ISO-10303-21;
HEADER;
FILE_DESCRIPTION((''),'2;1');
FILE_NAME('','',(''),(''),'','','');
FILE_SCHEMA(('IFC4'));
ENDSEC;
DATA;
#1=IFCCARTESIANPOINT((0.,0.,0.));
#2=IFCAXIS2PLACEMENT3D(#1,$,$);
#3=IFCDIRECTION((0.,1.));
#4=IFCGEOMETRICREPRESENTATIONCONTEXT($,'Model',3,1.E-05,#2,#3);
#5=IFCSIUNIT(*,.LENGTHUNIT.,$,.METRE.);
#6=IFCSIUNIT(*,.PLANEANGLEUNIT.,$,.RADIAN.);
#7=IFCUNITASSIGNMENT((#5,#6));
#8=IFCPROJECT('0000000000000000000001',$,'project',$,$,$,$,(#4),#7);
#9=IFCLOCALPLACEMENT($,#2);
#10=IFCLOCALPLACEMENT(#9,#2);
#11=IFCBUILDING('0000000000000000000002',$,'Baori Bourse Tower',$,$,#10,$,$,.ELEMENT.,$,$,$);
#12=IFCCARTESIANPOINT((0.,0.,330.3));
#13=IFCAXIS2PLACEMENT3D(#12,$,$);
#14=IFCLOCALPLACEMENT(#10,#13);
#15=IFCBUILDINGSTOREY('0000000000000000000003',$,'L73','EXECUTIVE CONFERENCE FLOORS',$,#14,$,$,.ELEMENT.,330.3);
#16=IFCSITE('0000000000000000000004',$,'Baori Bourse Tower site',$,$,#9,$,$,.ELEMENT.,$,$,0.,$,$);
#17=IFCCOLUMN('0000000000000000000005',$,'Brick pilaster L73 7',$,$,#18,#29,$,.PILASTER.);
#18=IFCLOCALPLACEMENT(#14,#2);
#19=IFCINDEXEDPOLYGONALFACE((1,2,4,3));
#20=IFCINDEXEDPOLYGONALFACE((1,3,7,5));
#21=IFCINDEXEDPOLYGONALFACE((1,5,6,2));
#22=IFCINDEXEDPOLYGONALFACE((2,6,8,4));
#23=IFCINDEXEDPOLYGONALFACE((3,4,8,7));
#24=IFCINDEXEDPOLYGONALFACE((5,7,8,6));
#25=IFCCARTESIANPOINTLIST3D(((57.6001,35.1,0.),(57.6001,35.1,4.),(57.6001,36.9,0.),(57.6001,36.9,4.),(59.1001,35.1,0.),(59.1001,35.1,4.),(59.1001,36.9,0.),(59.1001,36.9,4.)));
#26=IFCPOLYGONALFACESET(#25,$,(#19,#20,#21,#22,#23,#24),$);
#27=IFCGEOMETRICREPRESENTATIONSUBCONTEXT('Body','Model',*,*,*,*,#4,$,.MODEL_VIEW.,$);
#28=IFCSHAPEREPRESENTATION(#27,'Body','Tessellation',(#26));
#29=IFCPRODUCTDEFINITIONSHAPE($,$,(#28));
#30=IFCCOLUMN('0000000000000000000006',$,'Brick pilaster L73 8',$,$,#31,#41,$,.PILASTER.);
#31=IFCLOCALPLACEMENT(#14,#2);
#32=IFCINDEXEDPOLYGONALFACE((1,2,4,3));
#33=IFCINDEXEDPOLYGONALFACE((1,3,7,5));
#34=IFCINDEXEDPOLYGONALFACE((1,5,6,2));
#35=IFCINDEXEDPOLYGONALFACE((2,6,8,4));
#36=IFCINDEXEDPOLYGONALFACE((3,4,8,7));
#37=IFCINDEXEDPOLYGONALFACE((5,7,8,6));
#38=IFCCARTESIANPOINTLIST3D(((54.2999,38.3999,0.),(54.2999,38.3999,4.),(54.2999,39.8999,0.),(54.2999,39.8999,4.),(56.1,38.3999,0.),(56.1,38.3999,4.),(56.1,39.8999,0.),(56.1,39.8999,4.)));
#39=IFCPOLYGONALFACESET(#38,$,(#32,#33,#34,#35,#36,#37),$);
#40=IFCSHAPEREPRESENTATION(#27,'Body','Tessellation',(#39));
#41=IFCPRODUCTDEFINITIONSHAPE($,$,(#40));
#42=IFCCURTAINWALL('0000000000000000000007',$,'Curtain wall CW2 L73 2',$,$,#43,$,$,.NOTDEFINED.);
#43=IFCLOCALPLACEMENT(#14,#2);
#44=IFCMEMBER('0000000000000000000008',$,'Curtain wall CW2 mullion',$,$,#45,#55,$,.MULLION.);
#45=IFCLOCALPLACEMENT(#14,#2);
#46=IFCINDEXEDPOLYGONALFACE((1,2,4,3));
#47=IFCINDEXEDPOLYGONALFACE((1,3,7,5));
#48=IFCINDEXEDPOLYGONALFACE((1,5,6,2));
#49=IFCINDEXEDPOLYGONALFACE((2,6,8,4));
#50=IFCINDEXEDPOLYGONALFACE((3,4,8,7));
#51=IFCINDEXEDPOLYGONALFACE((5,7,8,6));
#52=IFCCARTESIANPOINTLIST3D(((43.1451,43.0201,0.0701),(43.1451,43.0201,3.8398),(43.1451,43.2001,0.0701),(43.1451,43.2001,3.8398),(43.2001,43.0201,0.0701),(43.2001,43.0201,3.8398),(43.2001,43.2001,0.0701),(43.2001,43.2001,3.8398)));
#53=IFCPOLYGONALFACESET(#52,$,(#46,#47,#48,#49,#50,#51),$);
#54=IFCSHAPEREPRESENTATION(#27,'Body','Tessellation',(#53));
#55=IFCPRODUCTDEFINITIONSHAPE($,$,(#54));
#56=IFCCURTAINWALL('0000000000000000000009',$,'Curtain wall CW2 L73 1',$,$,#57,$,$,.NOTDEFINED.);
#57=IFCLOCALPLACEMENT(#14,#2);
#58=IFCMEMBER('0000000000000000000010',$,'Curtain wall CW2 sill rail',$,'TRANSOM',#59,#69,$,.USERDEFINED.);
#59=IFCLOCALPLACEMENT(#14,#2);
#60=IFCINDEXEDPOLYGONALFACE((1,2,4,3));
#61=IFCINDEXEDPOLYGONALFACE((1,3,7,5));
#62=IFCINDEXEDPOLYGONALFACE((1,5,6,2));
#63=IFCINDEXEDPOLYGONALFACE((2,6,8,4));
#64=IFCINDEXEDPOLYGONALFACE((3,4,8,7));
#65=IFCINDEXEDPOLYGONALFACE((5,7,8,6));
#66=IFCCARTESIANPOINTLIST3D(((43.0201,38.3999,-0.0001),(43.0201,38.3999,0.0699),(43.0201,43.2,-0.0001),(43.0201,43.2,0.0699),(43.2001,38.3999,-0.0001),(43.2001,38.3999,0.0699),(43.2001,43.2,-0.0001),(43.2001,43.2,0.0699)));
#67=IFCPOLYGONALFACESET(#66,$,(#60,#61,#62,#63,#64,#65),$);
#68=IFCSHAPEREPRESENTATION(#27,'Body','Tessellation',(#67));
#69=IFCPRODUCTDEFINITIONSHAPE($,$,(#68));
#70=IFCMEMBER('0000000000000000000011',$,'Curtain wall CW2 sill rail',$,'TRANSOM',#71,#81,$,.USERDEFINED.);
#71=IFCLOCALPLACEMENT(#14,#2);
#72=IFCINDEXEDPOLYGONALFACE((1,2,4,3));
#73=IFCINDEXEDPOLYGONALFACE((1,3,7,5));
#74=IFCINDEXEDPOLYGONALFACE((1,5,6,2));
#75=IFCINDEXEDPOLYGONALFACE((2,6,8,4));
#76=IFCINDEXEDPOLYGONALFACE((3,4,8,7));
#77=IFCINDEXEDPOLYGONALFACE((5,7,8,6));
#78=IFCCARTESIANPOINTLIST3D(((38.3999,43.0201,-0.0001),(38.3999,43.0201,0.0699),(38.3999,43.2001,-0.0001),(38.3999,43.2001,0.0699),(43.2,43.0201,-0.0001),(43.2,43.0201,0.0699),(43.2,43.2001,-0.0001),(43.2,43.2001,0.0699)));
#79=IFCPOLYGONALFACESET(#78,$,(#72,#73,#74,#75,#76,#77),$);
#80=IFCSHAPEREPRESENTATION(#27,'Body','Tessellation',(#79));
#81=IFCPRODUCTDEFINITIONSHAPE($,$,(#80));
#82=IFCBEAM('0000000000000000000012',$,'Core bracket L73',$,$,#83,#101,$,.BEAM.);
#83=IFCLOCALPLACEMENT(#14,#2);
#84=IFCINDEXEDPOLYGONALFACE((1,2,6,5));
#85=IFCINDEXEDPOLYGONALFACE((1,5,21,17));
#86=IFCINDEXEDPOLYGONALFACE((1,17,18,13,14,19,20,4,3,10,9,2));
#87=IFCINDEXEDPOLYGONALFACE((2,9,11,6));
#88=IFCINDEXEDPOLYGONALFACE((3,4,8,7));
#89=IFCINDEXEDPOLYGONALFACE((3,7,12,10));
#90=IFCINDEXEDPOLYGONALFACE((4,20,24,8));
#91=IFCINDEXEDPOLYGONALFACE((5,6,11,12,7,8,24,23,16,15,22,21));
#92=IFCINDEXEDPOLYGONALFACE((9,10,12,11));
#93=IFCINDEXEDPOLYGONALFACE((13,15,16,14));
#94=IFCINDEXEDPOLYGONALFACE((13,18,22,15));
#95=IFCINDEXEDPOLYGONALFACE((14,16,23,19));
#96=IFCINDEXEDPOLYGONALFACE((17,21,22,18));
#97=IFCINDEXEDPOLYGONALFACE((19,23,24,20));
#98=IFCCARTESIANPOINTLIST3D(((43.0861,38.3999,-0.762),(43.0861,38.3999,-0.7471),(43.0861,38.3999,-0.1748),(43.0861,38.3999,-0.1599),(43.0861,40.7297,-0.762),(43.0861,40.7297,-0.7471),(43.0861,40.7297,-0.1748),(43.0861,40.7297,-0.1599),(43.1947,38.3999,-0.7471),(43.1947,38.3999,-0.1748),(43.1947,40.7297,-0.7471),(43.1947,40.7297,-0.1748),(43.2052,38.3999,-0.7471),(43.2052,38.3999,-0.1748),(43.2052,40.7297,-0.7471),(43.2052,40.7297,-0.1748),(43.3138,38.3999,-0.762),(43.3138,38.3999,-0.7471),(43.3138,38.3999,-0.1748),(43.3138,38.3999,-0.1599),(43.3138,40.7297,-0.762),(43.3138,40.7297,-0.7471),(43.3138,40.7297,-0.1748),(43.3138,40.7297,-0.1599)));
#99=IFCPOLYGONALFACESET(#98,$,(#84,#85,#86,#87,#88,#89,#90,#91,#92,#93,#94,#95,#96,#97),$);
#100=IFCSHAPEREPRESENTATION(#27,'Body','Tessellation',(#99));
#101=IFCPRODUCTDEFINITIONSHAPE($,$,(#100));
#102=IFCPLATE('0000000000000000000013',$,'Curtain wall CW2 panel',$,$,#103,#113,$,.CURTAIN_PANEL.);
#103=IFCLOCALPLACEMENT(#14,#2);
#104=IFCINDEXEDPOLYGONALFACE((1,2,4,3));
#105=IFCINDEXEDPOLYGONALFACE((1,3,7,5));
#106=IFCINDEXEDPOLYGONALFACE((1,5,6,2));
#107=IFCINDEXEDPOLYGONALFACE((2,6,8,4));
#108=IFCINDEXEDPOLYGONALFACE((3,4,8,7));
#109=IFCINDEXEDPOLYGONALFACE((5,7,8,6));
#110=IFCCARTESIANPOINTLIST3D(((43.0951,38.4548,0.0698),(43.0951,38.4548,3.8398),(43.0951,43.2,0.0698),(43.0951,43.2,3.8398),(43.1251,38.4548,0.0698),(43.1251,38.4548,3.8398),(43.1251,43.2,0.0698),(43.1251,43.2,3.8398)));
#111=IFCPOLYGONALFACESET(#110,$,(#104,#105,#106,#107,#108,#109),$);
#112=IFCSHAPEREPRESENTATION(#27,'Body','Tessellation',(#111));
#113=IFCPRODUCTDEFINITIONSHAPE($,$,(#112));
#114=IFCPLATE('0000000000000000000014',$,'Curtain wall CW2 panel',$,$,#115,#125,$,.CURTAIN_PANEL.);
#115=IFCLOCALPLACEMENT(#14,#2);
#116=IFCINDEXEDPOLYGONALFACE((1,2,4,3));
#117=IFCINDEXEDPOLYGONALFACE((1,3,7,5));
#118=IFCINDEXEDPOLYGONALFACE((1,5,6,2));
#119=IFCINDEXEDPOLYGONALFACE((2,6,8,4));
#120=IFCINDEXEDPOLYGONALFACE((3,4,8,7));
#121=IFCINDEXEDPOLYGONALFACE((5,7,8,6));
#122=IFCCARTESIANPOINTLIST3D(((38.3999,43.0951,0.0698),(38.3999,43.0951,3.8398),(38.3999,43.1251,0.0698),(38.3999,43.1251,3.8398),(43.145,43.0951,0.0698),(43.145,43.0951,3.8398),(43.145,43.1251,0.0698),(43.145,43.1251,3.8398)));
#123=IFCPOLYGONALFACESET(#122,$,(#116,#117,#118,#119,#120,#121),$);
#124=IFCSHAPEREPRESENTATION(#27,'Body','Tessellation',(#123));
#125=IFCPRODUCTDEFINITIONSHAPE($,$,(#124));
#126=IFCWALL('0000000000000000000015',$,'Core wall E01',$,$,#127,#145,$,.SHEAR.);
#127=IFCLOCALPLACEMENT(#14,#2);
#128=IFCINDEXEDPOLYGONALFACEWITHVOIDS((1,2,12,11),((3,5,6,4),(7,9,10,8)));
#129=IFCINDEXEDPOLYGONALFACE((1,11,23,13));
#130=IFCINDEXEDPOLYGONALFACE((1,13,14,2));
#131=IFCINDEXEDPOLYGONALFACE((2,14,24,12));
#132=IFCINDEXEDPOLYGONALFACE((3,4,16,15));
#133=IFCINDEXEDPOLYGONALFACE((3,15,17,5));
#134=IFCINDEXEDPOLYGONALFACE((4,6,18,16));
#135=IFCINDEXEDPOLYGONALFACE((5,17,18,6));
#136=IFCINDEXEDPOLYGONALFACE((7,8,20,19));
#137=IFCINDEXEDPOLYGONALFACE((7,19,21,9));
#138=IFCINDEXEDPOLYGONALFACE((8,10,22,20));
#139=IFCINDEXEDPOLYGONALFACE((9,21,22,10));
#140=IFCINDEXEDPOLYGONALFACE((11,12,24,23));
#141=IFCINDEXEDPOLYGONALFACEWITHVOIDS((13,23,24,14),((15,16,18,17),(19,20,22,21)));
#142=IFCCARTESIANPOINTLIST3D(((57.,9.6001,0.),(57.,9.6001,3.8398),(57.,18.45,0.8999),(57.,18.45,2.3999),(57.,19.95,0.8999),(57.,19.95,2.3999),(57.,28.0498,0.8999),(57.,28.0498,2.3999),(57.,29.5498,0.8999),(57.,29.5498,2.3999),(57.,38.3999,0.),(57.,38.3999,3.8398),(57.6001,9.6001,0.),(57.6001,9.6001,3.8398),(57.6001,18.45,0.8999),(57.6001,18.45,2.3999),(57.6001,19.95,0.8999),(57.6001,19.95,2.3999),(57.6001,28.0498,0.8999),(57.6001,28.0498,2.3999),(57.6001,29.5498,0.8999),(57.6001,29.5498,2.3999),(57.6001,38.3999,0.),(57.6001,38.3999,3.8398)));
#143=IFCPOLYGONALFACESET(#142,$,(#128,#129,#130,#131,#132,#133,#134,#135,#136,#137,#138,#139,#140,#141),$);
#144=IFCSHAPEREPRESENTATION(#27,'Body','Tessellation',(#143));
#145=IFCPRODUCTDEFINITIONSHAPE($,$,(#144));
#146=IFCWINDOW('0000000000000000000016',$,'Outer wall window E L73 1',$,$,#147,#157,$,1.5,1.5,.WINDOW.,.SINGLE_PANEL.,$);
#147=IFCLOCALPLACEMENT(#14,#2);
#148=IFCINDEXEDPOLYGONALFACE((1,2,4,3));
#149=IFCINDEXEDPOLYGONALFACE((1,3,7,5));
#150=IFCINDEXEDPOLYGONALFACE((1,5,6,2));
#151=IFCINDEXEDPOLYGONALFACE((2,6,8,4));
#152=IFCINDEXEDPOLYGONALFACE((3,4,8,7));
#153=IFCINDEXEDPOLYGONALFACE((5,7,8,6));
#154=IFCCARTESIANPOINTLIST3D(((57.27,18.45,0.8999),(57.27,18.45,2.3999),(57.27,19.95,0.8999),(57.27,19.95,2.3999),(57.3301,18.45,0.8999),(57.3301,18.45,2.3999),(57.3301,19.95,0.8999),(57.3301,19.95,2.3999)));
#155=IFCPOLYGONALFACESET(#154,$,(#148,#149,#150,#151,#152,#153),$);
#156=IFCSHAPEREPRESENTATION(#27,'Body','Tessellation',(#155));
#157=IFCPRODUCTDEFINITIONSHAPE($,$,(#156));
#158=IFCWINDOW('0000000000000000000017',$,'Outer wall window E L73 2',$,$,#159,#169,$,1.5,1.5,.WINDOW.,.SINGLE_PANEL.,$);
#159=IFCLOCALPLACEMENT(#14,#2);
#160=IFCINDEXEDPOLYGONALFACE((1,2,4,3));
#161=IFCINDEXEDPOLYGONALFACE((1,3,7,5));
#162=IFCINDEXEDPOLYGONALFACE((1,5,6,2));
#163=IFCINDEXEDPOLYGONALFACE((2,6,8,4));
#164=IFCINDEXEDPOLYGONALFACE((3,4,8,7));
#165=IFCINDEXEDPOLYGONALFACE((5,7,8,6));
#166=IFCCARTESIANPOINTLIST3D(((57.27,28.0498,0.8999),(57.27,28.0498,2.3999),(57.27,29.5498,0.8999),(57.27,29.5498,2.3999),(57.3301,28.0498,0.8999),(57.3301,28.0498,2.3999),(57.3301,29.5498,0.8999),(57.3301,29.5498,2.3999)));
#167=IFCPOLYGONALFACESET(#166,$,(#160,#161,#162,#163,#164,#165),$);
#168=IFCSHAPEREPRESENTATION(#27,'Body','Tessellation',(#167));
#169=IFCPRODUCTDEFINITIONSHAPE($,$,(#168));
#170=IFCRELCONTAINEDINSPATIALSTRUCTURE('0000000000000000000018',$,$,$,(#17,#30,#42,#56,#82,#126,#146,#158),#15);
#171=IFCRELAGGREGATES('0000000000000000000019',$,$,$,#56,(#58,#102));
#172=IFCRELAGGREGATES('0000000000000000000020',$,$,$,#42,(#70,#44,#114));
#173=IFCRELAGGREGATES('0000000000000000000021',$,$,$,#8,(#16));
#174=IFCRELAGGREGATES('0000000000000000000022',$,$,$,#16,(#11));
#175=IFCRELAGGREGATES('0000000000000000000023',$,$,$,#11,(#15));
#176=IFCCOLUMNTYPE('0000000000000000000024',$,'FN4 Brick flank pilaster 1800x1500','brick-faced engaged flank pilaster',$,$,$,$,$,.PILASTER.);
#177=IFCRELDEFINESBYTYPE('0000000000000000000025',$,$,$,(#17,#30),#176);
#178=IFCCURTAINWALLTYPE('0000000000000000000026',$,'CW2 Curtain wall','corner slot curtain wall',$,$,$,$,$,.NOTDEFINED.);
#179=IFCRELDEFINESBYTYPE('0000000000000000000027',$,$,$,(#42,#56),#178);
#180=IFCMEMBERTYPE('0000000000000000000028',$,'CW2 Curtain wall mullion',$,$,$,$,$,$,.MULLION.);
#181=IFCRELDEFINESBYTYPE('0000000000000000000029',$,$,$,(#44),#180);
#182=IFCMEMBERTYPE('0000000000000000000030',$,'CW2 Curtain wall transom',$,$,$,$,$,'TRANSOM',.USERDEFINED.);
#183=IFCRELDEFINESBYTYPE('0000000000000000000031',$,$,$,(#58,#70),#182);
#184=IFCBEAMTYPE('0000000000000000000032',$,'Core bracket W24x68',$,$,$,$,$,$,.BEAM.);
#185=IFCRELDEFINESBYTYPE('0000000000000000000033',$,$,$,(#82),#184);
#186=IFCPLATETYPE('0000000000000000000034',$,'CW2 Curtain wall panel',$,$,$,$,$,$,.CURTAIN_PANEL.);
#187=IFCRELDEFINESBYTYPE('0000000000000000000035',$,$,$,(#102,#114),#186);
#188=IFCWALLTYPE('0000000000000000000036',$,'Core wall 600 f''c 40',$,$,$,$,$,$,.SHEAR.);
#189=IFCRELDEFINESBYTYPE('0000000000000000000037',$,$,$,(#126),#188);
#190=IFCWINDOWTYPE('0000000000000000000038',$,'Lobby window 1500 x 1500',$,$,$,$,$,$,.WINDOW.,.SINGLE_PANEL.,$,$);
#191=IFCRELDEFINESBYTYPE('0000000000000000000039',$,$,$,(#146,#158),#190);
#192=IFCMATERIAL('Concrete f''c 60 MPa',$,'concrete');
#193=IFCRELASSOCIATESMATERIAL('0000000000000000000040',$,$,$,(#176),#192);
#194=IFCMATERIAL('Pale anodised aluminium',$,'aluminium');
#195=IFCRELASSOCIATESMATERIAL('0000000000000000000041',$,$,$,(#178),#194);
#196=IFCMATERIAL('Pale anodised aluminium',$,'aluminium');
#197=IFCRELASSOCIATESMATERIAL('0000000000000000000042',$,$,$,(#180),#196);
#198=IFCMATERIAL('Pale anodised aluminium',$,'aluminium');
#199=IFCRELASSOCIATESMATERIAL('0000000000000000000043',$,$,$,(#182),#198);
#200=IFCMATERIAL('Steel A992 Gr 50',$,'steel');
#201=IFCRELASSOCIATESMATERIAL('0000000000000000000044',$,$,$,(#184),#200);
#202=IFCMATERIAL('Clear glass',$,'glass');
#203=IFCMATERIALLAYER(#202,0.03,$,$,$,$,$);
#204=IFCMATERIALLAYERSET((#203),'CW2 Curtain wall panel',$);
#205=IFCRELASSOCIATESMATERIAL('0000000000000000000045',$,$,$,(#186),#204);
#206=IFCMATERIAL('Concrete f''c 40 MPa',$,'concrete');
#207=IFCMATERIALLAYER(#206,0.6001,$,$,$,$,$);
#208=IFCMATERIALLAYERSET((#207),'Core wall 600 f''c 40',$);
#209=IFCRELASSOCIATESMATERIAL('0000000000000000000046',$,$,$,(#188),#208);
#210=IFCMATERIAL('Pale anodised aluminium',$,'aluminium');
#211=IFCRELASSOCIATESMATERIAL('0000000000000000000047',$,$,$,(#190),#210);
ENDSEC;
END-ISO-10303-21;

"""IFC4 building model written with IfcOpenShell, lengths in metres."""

from ifc_helpers import new_model, si_unit, direction, frame, frame_2d, origin, origin_2d, place, context, subcontext, project, spatial, rectangle, i_section, extrude, material, layer, layer_set, material_profile, profile_set, type_object, element, fill, aggregate, save


model = new_model("IFC4")

# Units and contexts
model_context = context("Model", 3, precision=1e-05, world=origin(), true_north=direction((0.0, 1.0)))
body_context = subcontext(model_context, "Body", "Model", "MODEL_VIEW")
ifc_project = project(units=[si_unit("LENGTHUNIT", "METRE"), si_unit("PLANEANGLEUNIT", "RADIAN")], contexts=[model_context])

# Site, building, storey
site_placement = place(None, origin())
site = spatial("IfcSite", under=ifc_project, at=site_placement, Name="Baori Bourse Tower site", CompositionType="ELEMENT", RefElevation=0.0)
building_placement = place(site_placement, origin())
building = spatial("IfcBuilding", under=site, at=building_placement, Name="Baori Bourse Tower", CompositionType="ELEMENT")
storey_placement = place(building_placement, frame((0.0, 0.0, 330.3)))
storey = spatial("IfcBuildingStorey", under=building, at=storey_placement, Name="L73", Description="EXECUTIVE CONFERENCE FLOORS", CompositionType="ELEMENT", Elevation=330.3)

# Columns
ifc_material_1 = material(Name="Concrete f'c 60 MPa", Category="concrete")
ifc_material_profile_1 = material_profile(ifc_material_1, rectangle(XDim=1.8, YDim=1.5, at=origin_2d()), Name="RC 1800x1500")
ifc_profile_set_1 = profile_set([ifc_material_profile_1], Name="Concrete f'c 60 MPa")
column_type = type_object("IfcColumnType", Name="FN4 Brick flank pilaster 1800x1500", Description="brick-faced engaged flank pilaster", PredefinedType="PILASTER", material=ifc_profile_set_1)
for number, where, z_axis, x_axis, name in (
    (1, (58.3501, 36.0, 0.0), (0.0, 0.0, 1.0), (0.0, 1.0, 0.0), "Brick pilaster L73 7"),
    (2, (55.2, 39.1499, 0.0), (0.0, 0.0, 1.0), (1.0, 0.0, 0.0), "Brick pilaster L73 8"),
):
    element("IfcColumn", number, at=place(storey_placement, frame(where, z_axis=z_axis, x_axis=x_axis)), inside=storey, type_object=column_type, Name=name, PredefinedType="PILASTER", context=body_context, shape_type="SweptSolid", body=[
        extrude(rectangle(XDim=1.8, YDim=1.5, at=origin_2d()), origin(), (0.0, 0.0, 1.0), 4.0),
    ])

# Curtain walls, members
ifc_material_2 = material(Name="Pale anodised aluminium", Category="aluminium")
curtain_wall_type = type_object("IfcCurtainWallType", Name="CW2 Curtain wall", Description="corner slot curtain wall", PredefinedType="NOTDEFINED", material=ifc_material_2)
curtain_wall_1_placement = place(storey_placement, origin())
curtain_wall_1 = element("IfcCurtainWall", 3, at=curtain_wall_1_placement, inside=storey, type_object=curtain_wall_type, Name="Curtain wall CW2 L73 2", PredefinedType="NOTDEFINED")
ifc_material_3 = material(Name="Pale anodised aluminium", Category="aluminium")
ifc_material_profile_2 = material_profile(ifc_material_3, rectangle(XDim=0.1799, YDim=0.0549, at=origin_2d()), Name="Mullion 55x180")
ifc_profile_set_2 = profile_set([ifc_material_profile_2], Name="Pale anodised aluminium")
member_type_1 = type_object("IfcMemberType", Name="CW2 Curtain wall mullion", PredefinedType="MULLION", material=ifc_profile_set_2)
member_1_placement = place(storey_placement, frame((43.1726, 43.1101, 0.0701), z_axis=(0.0, 0.0, 1.0), x_axis=(0.0, -1.0, 0.0)))
member_1 = element("IfcMember", 4, at=member_1_placement, type_object=member_type_1, Name="Curtain wall CW2 mullion", PredefinedType="MULLION", context=body_context, shape_type="SweptSolid", body=[
    extrude(rectangle(XDim=0.1799, YDim=0.0549, at=origin_2d()), origin(), (0.0, 0.0, 1.0), 3.7698),
])
curtain_wall_2_placement = place(storey_placement, origin())
curtain_wall_2 = element("IfcCurtainWall", 5, at=curtain_wall_2_placement, inside=storey, type_object=curtain_wall_type, Name="Curtain wall CW2 L73 1", PredefinedType="NOTDEFINED")
ifc_material_4 = material(Name="Pale anodised aluminium", Category="aluminium")
ifc_material_profile_3 = material_profile(ifc_material_4, rectangle(XDim=0.1799, YDim=0.0701, at=origin_2d()), Name="Transom 70x180")
ifc_profile_set_3 = profile_set([ifc_material_profile_3], Name="Pale anodised aluminium")
member_type_2 = type_object("IfcMemberType", Name="CW2 Curtain wall transom", ElementType="TRANSOM", PredefinedType="USERDEFINED", material=ifc_profile_set_3)
member_2_placement = place(storey_placement, frame((43.1101, 38.3999, 0.0349), z_axis=(0.0, 1.0, 0.0), x_axis=(-1.0, 0.0, 0.0)))
member_2 = element("IfcMember", 6, at=member_2_placement, type_object=member_type_2, Name="Curtain wall CW2 sill rail", ObjectType="TRANSOM", PredefinedType="USERDEFINED", context=body_context, shape_type="SweptSolid", body=[
    extrude(rectangle(XDim=0.1799, YDim=0.0701, at=origin_2d()), origin(), (0.0, 0.0, 1.0), 4.8),
])

# Member
member_3_placement = place(storey_placement, frame((43.2, 43.1101, 0.0349), z_axis=(-1.0, 0.0, 0.0), x_axis=(0.0, -1.0, 0.0)))
member_3 = element("IfcMember", 7, at=member_3_placement, type_object=member_type_2, Name="Curtain wall CW2 sill rail", ObjectType="TRANSOM", PredefinedType="USERDEFINED", context=body_context, shape_type="SweptSolid", body=[
    extrude(rectangle(XDim=0.1799, YDim=0.0701, at=origin_2d()), origin(), (0.0, 0.0, 1.0), 4.8),
])

# Beam
ifc_material_5 = material(Name="Steel A992 Gr 50", Category="steel")
ifc_material_profile_4 = material_profile(ifc_material_5, i_section(OverallWidth=0.2278, OverallDepth=0.6021, WebThickness=0.0105, FlangeThickness=0.0149, at=origin_2d()), Name="W24x68")
ifc_profile_set_4 = profile_set([ifc_material_profile_4], Name="Steel A992 Gr 50")
beam_type = type_object("IfcBeamType", Name="Core bracket W24x68", PredefinedType="BEAM", material=ifc_profile_set_4)
beam_placement = place(storey_placement, frame((43.2, 38.3999, -0.4609), z_axis=(0.0, 1.0, 0.0), x_axis=(-1.0, 0.0, 0.0)))
element("IfcBeam", 8, at=beam_placement, inside=storey, type_object=beam_type, Name="Core bracket L73", PredefinedType="BEAM", context=body_context, shape_type="SweptSolid", body=[
    extrude(i_section(OverallWidth=0.2278, OverallDepth=0.6021, WebThickness=0.0105, FlangeThickness=0.0149, at=origin_2d()), origin(), (0.0, 0.0, 1.0), 2.3298),
])

# Plates
ifc_material_6 = material(Name="Clear glass", Category="glass")
ifc_layer_1 = layer(ifc_material_6, 0.03)
ifc_layer_set_1 = layer_set([ifc_layer_1], Name="CW2 Curtain wall panel")
plate_type = type_object("IfcPlateType", Name="CW2 Curtain wall panel", PredefinedType="CURTAIN_PANEL", material=ifc_layer_set_1)
plate_1_placement = place(storey_placement, frame((43.1101, 40.8274, 0.0698), z_axis=(0.0, 0.0, 1.0), x_axis=(0.0, 1.0, 0.0)))
plate_1 = element("IfcPlate", 9, at=plate_1_placement, type_object=plate_type, Name="Curtain wall CW2 panel", PredefinedType="CURTAIN_PANEL", context=body_context, shape_type="SweptSolid", body=[
    extrude(rectangle(XDim=4.7451, YDim=0.03, at=origin_2d()), origin(), (0.0, 0.0, 1.0), 3.77),
])
aggregate(curtain_wall_2, [member_2, plate_1])
plate_2_placement = place(storey_placement, frame((40.7725, 43.1101, 0.0698), z_axis=(0.0, 0.0, 1.0), x_axis=(-1.0, 0.0, 0.0)))
plate_2 = element("IfcPlate", 10, at=plate_2_placement, type_object=plate_type, Name="Curtain wall CW2 panel", PredefinedType="CURTAIN_PANEL", context=body_context, shape_type="SweptSolid", body=[
    extrude(rectangle(XDim=4.7451, YDim=0.03, at=origin_2d()), origin(), (0.0, 0.0, 1.0), 3.77),
])
aggregate(curtain_wall_1, [member_3, member_1, plate_2])

# Wall, openings, windows
ifc_material_7 = material(Name="Concrete f'c 40 MPa", Category="concrete")
ifc_layer_2 = layer(ifc_material_7, 0.6001)
ifc_layer_set_2 = layer_set([ifc_layer_2], Name="Core wall 600 f'c 40")
wall_type_1 = type_object("IfcWallType", Name="Core wall 600 f'c 40", PredefinedType="SHEAR", material=ifc_layer_set_2)
wall_1_placement = place(storey_placement, frame((57.3, 38.3999, 0.0), z_axis=(0.0, 0.0, 1.0), x_axis=(0.0, -1.0, 0.0)))
wall_1 = element("IfcWall", 11, at=wall_1_placement, inside=storey, type_object=wall_type_1, Name="Core wall E01", PredefinedType="SHEAR", context=body_context, shape_type="SweptSolid", body=[
    extrude(rectangle(XDim=28.7998, YDim=0.6001, at=frame_2d((14.3999, 0.0))), origin(), (0.0, 0.0, 1.0), 3.8398),
])
opening_1_placement = place(wall_1_placement, frame((18.45, 0.0, 0.8999)))
opening_1 = element("IfcOpeningElement", 12, at=opening_1_placement, cuts=wall_1, PredefinedType="OPENING", context=body_context, shape_type="SweptSolid", body=[
    extrude(rectangle(XDim=1.5, YDim=1.5, at=frame_2d((0.75, 0.75))), frame((0.0, 0.3101, 0.0), z_axis=(0.0, -1.0, 0.0), x_axis=(1.0, 0.0, 0.0)), (0.0, 0.0, 1.0), 0.6201),
])
opening_2_placement = place(wall_1_placement, frame((8.8501, 0.0, 0.8999)))
opening_2 = element("IfcOpeningElement", 13, at=opening_2_placement, cuts=wall_1, PredefinedType="OPENING", context=body_context, shape_type="SweptSolid", body=[
    extrude(rectangle(XDim=1.5, YDim=1.5, at=frame_2d((0.75, 0.75))), frame((0.0, 0.3101, 0.0), z_axis=(0.0, -1.0, 0.0), x_axis=(1.0, 0.0, 0.0)), (0.0, 0.0, 1.0), 0.6201),
])
ifc_material_8 = material(Name="Pale anodised aluminium", Category="aluminium")
window_type_1 = type_object("IfcWindowType", Name="Lobby window 1500 x 1500", PartitioningType="SINGLE_PANEL", PredefinedType="WINDOW", material=ifc_material_8)
window_1_placement = place(opening_1_placement, origin())
window_1 = element("IfcWindow", 14, at=window_1_placement, inside=storey, type_object=window_type_1, Name="Outer wall window E L73 1", OverallHeight=1.5, OverallWidth=1.5, PartitioningType="SINGLE_PANEL", PredefinedType="WINDOW", context=body_context, shape_type="SweptSolid", body=[
    extrude(rectangle(XDim=1.5, YDim=1.5, at=frame_2d((0.75, 0.75))), frame((0.0, 0.03, 0.0), z_axis=(0.0, -1.0, 0.0), x_axis=(1.0, 0.0, 0.0)), (0.0, 0.0, 1.0), 0.0601),
])
fill(opening_1, window_1)
window_2_placement = place(opening_2_placement, origin())
window_2 = element("IfcWindow", 15, at=window_2_placement, inside=storey, type_object=window_type_1, Name="Outer wall window E L73 2", OverallHeight=1.5, OverallWidth=1.5, PartitioningType="SINGLE_PANEL", PredefinedType="WINDOW", context=body_context, shape_type="SweptSolid", body=[
    extrude(rectangle(XDim=1.5, YDim=1.5, at=frame_2d((0.75, 0.75))), frame((0.0, 0.03, 0.0), z_axis=(0.0, -1.0, 0.0), x_axis=(1.0, 0.0, 0.0)), (0.0, 0.0, 1.0), 0.0601),
])
fill(opening_2, window_2)

save(model, "model.ifc")
